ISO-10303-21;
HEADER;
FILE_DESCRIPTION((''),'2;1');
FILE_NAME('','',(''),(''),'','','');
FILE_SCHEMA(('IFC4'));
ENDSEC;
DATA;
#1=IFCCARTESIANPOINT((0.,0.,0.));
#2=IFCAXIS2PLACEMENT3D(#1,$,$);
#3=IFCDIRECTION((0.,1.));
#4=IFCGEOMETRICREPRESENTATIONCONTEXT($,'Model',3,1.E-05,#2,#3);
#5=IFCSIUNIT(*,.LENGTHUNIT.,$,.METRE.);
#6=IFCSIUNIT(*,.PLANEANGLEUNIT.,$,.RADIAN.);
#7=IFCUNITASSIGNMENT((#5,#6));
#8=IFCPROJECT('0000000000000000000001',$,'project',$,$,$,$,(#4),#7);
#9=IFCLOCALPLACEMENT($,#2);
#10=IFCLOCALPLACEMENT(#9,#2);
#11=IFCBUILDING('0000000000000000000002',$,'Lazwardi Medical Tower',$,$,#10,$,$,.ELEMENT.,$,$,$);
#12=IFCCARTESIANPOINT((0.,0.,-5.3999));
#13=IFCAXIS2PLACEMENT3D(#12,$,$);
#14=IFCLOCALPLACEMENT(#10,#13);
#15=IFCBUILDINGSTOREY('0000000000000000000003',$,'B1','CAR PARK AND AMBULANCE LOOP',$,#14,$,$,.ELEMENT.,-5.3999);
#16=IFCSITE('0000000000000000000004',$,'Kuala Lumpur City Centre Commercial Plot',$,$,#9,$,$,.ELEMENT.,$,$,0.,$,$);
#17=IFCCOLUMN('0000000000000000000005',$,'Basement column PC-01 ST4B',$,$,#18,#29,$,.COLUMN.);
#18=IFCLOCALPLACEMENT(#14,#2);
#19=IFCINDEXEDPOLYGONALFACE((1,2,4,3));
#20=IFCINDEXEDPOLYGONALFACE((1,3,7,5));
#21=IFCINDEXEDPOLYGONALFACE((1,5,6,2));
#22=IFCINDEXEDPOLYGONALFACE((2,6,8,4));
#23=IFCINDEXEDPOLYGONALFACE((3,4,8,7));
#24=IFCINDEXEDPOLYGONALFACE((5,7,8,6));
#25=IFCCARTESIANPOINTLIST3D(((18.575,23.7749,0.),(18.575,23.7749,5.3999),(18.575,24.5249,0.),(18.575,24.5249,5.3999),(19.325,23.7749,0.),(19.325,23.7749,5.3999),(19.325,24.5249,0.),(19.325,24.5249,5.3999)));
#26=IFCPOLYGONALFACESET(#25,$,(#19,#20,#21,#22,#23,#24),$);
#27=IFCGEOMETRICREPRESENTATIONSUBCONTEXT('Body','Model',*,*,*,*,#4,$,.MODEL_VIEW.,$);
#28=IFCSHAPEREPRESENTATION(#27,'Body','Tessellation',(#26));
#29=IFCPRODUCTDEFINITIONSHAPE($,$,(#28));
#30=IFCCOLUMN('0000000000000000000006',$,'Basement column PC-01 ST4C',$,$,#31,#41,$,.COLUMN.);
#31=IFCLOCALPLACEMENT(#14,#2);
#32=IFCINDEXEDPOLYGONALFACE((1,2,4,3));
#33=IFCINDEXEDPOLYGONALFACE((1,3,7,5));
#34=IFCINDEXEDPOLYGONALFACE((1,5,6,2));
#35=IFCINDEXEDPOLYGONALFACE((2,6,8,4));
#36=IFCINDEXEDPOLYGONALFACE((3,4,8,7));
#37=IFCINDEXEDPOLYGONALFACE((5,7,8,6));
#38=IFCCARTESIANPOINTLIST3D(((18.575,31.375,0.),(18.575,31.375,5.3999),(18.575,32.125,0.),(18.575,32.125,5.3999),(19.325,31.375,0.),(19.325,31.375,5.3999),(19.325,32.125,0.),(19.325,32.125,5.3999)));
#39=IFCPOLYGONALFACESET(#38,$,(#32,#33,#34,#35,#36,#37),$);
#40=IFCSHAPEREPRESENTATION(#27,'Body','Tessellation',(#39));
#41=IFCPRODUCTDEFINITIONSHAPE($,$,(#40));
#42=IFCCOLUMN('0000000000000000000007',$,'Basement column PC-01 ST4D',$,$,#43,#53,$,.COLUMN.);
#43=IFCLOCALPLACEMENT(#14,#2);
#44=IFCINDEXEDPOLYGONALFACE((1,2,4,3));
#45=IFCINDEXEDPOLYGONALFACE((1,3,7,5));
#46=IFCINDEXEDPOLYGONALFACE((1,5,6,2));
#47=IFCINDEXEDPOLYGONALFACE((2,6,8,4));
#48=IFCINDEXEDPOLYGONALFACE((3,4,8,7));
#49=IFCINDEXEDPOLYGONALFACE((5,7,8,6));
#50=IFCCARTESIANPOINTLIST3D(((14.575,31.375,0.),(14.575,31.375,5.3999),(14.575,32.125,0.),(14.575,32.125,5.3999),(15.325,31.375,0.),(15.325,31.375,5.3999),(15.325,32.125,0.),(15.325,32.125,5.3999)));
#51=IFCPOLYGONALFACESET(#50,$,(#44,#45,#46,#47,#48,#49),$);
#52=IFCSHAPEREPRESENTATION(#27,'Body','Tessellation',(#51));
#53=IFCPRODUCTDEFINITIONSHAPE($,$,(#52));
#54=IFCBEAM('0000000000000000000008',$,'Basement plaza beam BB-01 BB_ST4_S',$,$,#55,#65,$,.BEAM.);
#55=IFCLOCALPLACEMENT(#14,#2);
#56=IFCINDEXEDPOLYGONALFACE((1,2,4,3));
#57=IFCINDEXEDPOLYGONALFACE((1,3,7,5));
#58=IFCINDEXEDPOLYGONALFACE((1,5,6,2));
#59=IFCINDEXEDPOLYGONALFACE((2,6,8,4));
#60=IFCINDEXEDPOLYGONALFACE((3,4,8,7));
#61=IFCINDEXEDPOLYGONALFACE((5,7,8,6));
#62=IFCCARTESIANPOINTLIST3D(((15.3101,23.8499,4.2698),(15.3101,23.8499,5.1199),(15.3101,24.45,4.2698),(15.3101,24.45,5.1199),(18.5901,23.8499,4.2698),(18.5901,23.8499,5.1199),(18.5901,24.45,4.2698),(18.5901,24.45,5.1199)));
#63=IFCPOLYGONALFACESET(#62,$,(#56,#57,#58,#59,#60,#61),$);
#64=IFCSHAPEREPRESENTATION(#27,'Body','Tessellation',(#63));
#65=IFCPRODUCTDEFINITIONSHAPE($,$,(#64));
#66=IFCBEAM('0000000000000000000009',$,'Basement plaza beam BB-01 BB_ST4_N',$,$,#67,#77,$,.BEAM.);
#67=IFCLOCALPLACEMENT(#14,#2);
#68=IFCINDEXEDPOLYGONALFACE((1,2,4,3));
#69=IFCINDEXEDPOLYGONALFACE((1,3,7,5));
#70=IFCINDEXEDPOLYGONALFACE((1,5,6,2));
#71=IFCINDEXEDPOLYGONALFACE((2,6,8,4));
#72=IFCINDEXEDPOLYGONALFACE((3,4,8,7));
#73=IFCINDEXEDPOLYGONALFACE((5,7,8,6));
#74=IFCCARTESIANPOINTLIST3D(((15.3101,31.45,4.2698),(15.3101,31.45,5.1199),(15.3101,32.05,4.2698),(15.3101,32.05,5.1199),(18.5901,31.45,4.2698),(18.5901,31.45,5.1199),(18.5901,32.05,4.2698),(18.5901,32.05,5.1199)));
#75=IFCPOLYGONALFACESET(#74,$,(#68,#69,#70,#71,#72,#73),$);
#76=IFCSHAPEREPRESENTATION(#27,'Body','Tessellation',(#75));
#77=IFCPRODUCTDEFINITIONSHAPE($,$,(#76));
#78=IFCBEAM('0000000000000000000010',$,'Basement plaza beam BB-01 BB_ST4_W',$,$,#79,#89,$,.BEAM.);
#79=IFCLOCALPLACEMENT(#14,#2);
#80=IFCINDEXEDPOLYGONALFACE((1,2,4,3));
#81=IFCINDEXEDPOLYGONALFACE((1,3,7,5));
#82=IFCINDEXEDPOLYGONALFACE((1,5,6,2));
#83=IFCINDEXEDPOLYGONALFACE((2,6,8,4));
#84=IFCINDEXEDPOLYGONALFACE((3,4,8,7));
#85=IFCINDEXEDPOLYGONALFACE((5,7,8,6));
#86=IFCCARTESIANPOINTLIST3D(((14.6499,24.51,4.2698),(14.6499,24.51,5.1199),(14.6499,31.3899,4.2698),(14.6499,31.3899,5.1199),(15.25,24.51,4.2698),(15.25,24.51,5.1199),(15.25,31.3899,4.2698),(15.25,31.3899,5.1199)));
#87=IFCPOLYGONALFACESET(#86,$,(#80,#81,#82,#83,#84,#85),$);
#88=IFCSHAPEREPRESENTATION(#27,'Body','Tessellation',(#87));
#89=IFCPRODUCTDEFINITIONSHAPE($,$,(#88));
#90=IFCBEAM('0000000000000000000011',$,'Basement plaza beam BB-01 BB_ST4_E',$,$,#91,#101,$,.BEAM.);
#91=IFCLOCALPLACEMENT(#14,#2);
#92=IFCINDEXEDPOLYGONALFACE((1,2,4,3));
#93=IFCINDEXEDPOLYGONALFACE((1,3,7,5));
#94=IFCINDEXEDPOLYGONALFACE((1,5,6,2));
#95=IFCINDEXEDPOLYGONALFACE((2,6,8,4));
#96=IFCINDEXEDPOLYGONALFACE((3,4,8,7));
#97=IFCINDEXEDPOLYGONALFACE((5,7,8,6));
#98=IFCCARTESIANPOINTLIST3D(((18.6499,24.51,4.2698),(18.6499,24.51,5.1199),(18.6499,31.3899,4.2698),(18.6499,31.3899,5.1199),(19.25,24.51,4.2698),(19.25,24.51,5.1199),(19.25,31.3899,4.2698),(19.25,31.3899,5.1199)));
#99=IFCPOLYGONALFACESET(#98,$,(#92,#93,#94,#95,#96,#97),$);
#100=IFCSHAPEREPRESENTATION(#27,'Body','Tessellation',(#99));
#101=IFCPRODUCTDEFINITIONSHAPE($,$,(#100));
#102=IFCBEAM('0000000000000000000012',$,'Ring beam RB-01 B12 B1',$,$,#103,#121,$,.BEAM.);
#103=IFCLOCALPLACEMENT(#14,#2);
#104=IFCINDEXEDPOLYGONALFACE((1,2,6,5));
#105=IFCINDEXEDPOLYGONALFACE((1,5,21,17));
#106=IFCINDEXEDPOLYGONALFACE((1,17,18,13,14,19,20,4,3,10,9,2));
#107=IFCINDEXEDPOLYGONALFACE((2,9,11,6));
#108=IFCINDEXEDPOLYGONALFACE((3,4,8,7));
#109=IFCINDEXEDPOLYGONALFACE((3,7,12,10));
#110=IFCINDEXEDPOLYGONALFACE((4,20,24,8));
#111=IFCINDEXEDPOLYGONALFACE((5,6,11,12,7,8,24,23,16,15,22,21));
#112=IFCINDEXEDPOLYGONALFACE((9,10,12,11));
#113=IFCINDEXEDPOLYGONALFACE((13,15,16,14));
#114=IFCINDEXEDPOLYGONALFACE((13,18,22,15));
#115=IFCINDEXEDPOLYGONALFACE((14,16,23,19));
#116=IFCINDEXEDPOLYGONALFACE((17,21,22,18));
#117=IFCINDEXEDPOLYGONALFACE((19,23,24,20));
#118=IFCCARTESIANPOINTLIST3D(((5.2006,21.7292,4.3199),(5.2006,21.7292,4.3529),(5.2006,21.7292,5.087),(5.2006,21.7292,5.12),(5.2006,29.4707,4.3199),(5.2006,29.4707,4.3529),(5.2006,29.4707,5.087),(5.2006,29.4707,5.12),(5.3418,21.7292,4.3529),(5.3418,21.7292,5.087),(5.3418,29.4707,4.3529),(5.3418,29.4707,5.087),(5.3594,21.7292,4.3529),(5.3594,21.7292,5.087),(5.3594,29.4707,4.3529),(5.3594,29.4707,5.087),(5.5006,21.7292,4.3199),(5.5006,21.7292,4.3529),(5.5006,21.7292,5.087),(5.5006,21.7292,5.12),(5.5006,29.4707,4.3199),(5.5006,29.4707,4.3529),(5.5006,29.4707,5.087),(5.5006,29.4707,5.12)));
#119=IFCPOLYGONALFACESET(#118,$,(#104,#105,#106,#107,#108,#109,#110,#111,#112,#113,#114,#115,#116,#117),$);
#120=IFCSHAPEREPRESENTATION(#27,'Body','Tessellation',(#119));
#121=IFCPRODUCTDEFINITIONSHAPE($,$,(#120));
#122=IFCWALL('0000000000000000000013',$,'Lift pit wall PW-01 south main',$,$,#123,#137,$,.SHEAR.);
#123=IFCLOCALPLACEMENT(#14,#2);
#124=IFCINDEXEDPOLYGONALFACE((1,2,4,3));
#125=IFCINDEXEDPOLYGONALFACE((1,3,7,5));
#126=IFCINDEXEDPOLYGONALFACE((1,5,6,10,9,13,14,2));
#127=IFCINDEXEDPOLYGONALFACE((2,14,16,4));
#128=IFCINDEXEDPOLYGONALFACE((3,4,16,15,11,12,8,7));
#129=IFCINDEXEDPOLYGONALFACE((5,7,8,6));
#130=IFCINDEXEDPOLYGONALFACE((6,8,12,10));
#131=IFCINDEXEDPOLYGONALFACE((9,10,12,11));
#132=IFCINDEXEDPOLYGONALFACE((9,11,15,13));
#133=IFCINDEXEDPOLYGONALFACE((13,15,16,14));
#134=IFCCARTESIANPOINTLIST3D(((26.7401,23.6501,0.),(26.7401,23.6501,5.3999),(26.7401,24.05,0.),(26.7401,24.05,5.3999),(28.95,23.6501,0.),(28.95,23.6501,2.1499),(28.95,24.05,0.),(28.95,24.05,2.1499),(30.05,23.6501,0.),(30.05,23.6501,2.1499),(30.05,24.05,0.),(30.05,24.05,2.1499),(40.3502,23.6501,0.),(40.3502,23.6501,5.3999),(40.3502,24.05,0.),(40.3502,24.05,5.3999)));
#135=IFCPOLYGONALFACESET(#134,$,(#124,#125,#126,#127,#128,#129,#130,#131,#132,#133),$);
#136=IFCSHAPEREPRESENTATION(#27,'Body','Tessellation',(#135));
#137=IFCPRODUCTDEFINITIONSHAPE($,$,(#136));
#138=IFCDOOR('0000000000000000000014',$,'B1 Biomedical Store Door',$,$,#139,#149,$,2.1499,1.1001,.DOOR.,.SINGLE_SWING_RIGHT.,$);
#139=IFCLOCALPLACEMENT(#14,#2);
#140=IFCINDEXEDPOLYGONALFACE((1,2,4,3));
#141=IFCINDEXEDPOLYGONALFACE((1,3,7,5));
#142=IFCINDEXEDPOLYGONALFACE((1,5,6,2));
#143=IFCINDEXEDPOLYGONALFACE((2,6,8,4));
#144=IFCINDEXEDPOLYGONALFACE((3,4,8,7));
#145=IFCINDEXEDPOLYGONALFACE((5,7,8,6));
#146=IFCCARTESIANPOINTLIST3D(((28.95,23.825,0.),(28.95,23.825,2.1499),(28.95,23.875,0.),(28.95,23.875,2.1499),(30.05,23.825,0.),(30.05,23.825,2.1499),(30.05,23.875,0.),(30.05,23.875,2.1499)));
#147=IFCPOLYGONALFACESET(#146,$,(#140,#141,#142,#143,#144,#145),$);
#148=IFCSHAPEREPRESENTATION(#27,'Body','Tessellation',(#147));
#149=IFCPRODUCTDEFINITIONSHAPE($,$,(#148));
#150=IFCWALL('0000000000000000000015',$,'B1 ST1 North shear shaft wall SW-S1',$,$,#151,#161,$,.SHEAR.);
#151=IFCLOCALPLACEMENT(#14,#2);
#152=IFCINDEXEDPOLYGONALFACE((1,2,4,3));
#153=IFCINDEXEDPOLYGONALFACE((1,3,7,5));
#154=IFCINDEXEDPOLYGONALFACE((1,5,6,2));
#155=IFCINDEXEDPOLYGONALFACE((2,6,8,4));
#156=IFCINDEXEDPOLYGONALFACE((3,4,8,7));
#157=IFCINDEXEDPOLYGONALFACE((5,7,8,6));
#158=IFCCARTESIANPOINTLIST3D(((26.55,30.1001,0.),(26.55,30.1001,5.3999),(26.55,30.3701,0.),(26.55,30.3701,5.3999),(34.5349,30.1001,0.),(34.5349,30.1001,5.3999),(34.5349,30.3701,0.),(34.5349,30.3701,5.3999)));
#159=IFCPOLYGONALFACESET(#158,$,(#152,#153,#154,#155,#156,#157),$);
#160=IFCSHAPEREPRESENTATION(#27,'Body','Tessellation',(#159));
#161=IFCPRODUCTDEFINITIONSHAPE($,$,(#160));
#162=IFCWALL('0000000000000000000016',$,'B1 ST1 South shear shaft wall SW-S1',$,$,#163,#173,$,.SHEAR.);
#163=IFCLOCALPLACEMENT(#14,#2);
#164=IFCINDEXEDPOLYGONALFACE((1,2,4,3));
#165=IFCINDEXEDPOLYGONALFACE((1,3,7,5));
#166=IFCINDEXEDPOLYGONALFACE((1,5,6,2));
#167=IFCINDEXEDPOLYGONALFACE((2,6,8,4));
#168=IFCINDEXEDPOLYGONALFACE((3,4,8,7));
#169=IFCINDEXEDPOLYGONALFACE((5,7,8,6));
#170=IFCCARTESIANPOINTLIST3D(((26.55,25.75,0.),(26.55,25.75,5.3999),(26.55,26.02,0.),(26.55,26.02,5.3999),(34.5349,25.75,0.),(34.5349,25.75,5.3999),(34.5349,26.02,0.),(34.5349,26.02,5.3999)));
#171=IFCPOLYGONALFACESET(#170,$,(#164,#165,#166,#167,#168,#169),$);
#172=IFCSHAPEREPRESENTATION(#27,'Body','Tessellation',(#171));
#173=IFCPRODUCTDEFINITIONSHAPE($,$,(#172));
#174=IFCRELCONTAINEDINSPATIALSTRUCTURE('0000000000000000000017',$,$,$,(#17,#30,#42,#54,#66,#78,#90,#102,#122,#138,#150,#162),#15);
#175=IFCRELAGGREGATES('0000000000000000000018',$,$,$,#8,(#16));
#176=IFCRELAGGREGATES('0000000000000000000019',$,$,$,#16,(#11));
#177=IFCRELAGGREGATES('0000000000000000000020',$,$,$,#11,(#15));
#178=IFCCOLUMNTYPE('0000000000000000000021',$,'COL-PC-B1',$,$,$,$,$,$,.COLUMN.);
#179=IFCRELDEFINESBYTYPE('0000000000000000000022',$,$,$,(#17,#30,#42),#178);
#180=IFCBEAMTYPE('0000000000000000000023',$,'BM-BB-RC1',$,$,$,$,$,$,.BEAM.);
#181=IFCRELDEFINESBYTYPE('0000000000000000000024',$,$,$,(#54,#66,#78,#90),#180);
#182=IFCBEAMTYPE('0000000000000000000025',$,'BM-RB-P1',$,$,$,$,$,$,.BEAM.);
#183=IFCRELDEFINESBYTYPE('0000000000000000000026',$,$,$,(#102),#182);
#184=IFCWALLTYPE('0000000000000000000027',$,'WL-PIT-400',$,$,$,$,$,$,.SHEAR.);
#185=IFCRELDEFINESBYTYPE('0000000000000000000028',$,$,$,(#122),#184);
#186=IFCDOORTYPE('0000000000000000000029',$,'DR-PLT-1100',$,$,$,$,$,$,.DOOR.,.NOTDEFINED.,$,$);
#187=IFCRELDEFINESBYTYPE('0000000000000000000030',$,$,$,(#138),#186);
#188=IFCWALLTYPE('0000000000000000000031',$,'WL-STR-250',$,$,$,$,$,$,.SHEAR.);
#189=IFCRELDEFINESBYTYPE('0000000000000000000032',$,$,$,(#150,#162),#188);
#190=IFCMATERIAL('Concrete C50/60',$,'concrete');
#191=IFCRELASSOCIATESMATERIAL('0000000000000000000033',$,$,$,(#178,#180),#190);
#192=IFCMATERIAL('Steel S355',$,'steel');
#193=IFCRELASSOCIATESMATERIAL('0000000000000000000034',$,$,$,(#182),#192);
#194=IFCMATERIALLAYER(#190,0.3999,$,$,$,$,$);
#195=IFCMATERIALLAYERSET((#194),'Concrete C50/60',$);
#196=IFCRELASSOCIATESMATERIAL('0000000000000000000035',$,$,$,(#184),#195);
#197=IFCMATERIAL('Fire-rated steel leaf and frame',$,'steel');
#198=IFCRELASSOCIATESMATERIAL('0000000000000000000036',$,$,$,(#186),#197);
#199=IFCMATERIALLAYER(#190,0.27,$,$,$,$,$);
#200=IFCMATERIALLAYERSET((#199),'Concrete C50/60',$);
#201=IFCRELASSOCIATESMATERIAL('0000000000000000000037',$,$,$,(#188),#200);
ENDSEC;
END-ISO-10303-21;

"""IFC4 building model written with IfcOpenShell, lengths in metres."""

from ifc_helpers import new_model, si_unit, direction, frame, frame_2d, origin, origin_2d, place, context, subcontext, project, spatial, rectangle, i_section, extrude, material, layer, layer_set, material_profile, profile_set, type_object, element, fill, save


model = new_model("IFC4")

# Units and contexts
model_context = context("Model", 3, precision=1e-05, world=origin(), true_north=direction((0.0, 1.0)))
body_context = subcontext(model_context, "Body", "Model", "MODEL_VIEW")
ifc_project = project(units=[si_unit("LENGTHUNIT", "METRE"), si_unit("PLANEANGLEUNIT", "RADIAN")], contexts=[model_context])

# Site, building, storey
site_placement = place(None, origin())
site = spatial("IfcSite", under=ifc_project, at=site_placement, Name="Kuala Lumpur City Centre Commercial Plot", CompositionType="ELEMENT", RefElevation=0.0)
building_placement = place(site_placement, origin())
building = spatial("IfcBuilding", under=site, at=building_placement, Name="Lazwardi Medical Tower", CompositionType="ELEMENT")
storey_placement = place(building_placement, frame((0.0, 0.0, -5.3999)))
storey = spatial("IfcBuildingStorey", under=building, at=storey_placement, Name="B1", Description="CAR PARK AND AMBULANCE LOOP", CompositionType="ELEMENT", Elevation=-5.3999)

# Shared definitions
ifc_material_1 = material(Name="Concrete C50/60", Category="concrete")

# Columns
ifc_material_profile_1 = material_profile(ifc_material_1, rectangle(XDim=0.75, YDim=0.75, at=origin_2d()), Name="RC 750x750")
ifc_profile_set_1 = profile_set([ifc_material_profile_1], Name="Concrete C50/60")
column_type_1 = type_object("IfcColumnType", Name="COL-PC-B1", PredefinedType="COLUMN", material=ifc_profile_set_1)
for number, where, z_axis, x_axis, name in (
    (1, (18.95, 24.1499, 0.0), (0.0, 0.0, 1.0), (1.0, 0.0, 0.0), "Basement column PC-01 ST4B"),
    (2, (18.95, 31.75, 0.0), (0.0, 0.0, 1.0), (1.0, 0.0, 0.0), "Basement column PC-01 ST4C"),
    (3, (14.95, 31.75, 0.0), (0.0, 0.0, 1.0), (1.0, 0.0, 0.0), "Basement column PC-01 ST4D"),
):
    element("IfcColumn", number, at=place(storey_placement, frame(where, z_axis=z_axis, x_axis=x_axis)), inside=storey, type_object=column_type_1, Name=name, PredefinedType="COLUMN", context=body_context, shape_type="SweptSolid", body=[
        extrude(rectangle(XDim=0.75, YDim=0.75, at=origin_2d()), origin(), (0.0, 0.0, 1.0), 5.3999),
    ])

# Beams
ifc_material_profile_2 = material_profile(ifc_material_1, rectangle(XDim=0.6001, YDim=0.8501, at=origin_2d()), Name="RC 600x850")
ifc_profile_set_2 = profile_set([ifc_material_profile_2], Name="Concrete C50/60")
beam_type_1 = type_object("IfcBeamType", Name="BM-BB-RC1", PredefinedType="BEAM", material=ifc_profile_set_2)
for number, where, z_axis, x_axis, name in (
    (4, (15.3101, 24.1499, 4.6948), (1.0, 0.0, 0.0), (0.0, 1.0, 0.0), "Basement plaza beam BB-01 BB_ST4_S"),
    (5, (15.3101, 31.75, 4.6948), (1.0, 0.0, 0.0), (0.0, 1.0, 0.0), "Basement plaza beam BB-01 BB_ST4_N"),
):
    element("IfcBeam", number, at=place(storey_placement, frame(where, z_axis=z_axis, x_axis=x_axis)), inside=storey, type_object=beam_type_1, Name=name, PredefinedType="BEAM", context=body_context, shape_type="SweptSolid", body=[
        extrude(rectangle(XDim=0.6001, YDim=0.8501, at=origin_2d()), origin(), (0.0, 0.0, 1.0), 3.28),
    ])
for number, where, z_axis, x_axis, name in (
    (6, (14.95, 24.51, 4.6948), (0.0, 1.0, 0.0), (-1.0, 0.0, 0.0), "Basement plaza beam BB-01 BB_ST4_W"),
    (7, (18.95, 24.51, 4.6948), (0.0, 1.0, 0.0), (-1.0, 0.0, 0.0), "Basement plaza beam BB-01 BB_ST4_E"),
):
    element("IfcBeam", number, at=place(storey_placement, frame(where, z_axis=z_axis, x_axis=x_axis)), inside=storey, type_object=beam_type_1, Name=name, PredefinedType="BEAM", context=body_context, shape_type="SweptSolid", body=[
        extrude(rectangle(XDim=0.6001, YDim=0.8501, at=origin_2d()), origin(), (0.0, 0.0, 1.0), 6.8799),
    ])
ifc_material_2 = material(Name="Steel S355", Category="steel")
ifc_material_profile_3 = material_profile(ifc_material_2, i_section(OverallWidth=0.3, OverallDepth=0.8, WebThickness=0.0176, FlangeThickness=0.033, at=origin_2d()), Name="HEB 800")
ifc_profile_set_3 = profile_set([ifc_material_profile_3], Name="Steel S355")
beam_type_2 = type_object("IfcBeamType", Name="BM-RB-P1", PredefinedType="BEAM", material=ifc_profile_set_3)
beam_placement = place(storey_placement, frame((5.3506, 29.4707, 4.72), z_axis=(0.0, -1.0, 0.0), x_axis=(1.0, 0.0, 0.0)))
element("IfcBeam", 8, at=beam_placement, inside=storey, type_object=beam_type_2, Name="Ring beam RB-01 B12 B1", PredefinedType="BEAM", context=body_context, shape_type="SweptSolid", body=[
    extrude(i_section(OverallWidth=0.3, OverallDepth=0.8, WebThickness=0.0176, FlangeThickness=0.033, at=origin_2d()), origin(), (0.0, 0.0, 1.0), 7.7415),
])

# Wall, opening, door
ifc_layer_1 = layer(ifc_material_1, 0.3999)
ifc_layer_set_1 = layer_set([ifc_layer_1], Name="Concrete C50/60")
wall_type_1 = type_object("IfcWallType", Name="WL-PIT-400", PredefinedType="SHEAR", material=ifc_layer_set_1)
wall_placement = place(storey_placement, frame((26.74, 23.8501, 0.0), z_axis=(0.0, 0.0, 1.0), x_axis=(1.0, 0.0, 0.0)))
wall = element("IfcWall", 9, at=wall_placement, inside=storey, type_object=wall_type_1, Name="Lift pit wall PW-01 south main", PredefinedType="SHEAR", context=body_context, shape_type="SweptSolid", body=[
    extrude(rectangle(XDim=13.6101, YDim=0.3999, at=frame_2d((6.8052, 0.0))), origin(), (0.0, 0.0, 1.0), 5.3999),
])
opening_placement = place(wall_placement, frame((2.21, 0.0, 0.0)))
opening = element("IfcOpeningElement", 10, at=opening_placement, cuts=wall, PredefinedType="OPENING", context=body_context, shape_type="SweptSolid", body=[
    extrude(rectangle(XDim=1.1001, YDim=2.1499, at=frame_2d((0.55, 1.075))), frame((0.0, 0.21, 0.0), z_axis=(0.0, -1.0, 0.0), x_axis=(1.0, 0.0, 0.0)), (0.0, 0.0, 1.0), 0.4199),
])
ifc_material_3 = material(Name="Fire-rated steel leaf and frame", Category="steel")
door_type = type_object("IfcDoorType", Name="DR-PLT-1100", OperationType="NOTDEFINED", PredefinedType="DOOR", material=ifc_material_3)
door_placement = place(opening_placement, origin())
door = element("IfcDoor", 11, at=door_placement, inside=storey, type_object=door_type, Name="B1 Biomedical Store Door", OperationType="SINGLE_SWING_RIGHT", OverallHeight=2.1499, OverallWidth=1.1001, PredefinedType="DOOR", context=body_context, shape_type="SweptSolid", body=[
    extrude(rectangle(XDim=1.1001, YDim=2.1499, at=frame_2d((0.55, 1.075))), frame((0.0, 0.0249, 0.0), z_axis=(0.0, -1.0, 0.0), x_axis=(1.0, 0.0, 0.0)), (0.0, 0.0, 1.0), 0.05),
])
fill(opening, door)

# Walls
ifc_layer_2 = layer(ifc_material_1, 0.27)
ifc_layer_set_2 = layer_set([ifc_layer_2], Name="Concrete C50/60")
wall_type_2 = type_object("IfcWallType", Name="WL-STR-250", PredefinedType="SHEAR", material=ifc_layer_set_2)
for number, where, z_axis, x_axis, name in (
    (12, (26.55, 30.2351, 0.0), (0.0, 0.0, 1.0), (1.0, 0.0, 0.0), "B1 ST1 North shear shaft wall SW-S1"),
    (13, (26.55, 25.885, 0.0), (0.0, 0.0, 1.0), (1.0, 0.0, 0.0), "B1 ST1 South shear shaft wall SW-S1"),
):
    element("IfcWall", number, at=place(storey_placement, frame(where, z_axis=z_axis, x_axis=x_axis)), inside=storey, type_object=wall_type_2, Name=name, PredefinedType="SHEAR", context=body_context, shape_type="SweptSolid", body=[
        extrude(rectangle(XDim=7.9849, YDim=0.27, at=frame_2d((3.9924, 0.0))), origin(), (0.0, 0.0, 1.0), 5.3999),
    ])

save(model, "model.ifc")
